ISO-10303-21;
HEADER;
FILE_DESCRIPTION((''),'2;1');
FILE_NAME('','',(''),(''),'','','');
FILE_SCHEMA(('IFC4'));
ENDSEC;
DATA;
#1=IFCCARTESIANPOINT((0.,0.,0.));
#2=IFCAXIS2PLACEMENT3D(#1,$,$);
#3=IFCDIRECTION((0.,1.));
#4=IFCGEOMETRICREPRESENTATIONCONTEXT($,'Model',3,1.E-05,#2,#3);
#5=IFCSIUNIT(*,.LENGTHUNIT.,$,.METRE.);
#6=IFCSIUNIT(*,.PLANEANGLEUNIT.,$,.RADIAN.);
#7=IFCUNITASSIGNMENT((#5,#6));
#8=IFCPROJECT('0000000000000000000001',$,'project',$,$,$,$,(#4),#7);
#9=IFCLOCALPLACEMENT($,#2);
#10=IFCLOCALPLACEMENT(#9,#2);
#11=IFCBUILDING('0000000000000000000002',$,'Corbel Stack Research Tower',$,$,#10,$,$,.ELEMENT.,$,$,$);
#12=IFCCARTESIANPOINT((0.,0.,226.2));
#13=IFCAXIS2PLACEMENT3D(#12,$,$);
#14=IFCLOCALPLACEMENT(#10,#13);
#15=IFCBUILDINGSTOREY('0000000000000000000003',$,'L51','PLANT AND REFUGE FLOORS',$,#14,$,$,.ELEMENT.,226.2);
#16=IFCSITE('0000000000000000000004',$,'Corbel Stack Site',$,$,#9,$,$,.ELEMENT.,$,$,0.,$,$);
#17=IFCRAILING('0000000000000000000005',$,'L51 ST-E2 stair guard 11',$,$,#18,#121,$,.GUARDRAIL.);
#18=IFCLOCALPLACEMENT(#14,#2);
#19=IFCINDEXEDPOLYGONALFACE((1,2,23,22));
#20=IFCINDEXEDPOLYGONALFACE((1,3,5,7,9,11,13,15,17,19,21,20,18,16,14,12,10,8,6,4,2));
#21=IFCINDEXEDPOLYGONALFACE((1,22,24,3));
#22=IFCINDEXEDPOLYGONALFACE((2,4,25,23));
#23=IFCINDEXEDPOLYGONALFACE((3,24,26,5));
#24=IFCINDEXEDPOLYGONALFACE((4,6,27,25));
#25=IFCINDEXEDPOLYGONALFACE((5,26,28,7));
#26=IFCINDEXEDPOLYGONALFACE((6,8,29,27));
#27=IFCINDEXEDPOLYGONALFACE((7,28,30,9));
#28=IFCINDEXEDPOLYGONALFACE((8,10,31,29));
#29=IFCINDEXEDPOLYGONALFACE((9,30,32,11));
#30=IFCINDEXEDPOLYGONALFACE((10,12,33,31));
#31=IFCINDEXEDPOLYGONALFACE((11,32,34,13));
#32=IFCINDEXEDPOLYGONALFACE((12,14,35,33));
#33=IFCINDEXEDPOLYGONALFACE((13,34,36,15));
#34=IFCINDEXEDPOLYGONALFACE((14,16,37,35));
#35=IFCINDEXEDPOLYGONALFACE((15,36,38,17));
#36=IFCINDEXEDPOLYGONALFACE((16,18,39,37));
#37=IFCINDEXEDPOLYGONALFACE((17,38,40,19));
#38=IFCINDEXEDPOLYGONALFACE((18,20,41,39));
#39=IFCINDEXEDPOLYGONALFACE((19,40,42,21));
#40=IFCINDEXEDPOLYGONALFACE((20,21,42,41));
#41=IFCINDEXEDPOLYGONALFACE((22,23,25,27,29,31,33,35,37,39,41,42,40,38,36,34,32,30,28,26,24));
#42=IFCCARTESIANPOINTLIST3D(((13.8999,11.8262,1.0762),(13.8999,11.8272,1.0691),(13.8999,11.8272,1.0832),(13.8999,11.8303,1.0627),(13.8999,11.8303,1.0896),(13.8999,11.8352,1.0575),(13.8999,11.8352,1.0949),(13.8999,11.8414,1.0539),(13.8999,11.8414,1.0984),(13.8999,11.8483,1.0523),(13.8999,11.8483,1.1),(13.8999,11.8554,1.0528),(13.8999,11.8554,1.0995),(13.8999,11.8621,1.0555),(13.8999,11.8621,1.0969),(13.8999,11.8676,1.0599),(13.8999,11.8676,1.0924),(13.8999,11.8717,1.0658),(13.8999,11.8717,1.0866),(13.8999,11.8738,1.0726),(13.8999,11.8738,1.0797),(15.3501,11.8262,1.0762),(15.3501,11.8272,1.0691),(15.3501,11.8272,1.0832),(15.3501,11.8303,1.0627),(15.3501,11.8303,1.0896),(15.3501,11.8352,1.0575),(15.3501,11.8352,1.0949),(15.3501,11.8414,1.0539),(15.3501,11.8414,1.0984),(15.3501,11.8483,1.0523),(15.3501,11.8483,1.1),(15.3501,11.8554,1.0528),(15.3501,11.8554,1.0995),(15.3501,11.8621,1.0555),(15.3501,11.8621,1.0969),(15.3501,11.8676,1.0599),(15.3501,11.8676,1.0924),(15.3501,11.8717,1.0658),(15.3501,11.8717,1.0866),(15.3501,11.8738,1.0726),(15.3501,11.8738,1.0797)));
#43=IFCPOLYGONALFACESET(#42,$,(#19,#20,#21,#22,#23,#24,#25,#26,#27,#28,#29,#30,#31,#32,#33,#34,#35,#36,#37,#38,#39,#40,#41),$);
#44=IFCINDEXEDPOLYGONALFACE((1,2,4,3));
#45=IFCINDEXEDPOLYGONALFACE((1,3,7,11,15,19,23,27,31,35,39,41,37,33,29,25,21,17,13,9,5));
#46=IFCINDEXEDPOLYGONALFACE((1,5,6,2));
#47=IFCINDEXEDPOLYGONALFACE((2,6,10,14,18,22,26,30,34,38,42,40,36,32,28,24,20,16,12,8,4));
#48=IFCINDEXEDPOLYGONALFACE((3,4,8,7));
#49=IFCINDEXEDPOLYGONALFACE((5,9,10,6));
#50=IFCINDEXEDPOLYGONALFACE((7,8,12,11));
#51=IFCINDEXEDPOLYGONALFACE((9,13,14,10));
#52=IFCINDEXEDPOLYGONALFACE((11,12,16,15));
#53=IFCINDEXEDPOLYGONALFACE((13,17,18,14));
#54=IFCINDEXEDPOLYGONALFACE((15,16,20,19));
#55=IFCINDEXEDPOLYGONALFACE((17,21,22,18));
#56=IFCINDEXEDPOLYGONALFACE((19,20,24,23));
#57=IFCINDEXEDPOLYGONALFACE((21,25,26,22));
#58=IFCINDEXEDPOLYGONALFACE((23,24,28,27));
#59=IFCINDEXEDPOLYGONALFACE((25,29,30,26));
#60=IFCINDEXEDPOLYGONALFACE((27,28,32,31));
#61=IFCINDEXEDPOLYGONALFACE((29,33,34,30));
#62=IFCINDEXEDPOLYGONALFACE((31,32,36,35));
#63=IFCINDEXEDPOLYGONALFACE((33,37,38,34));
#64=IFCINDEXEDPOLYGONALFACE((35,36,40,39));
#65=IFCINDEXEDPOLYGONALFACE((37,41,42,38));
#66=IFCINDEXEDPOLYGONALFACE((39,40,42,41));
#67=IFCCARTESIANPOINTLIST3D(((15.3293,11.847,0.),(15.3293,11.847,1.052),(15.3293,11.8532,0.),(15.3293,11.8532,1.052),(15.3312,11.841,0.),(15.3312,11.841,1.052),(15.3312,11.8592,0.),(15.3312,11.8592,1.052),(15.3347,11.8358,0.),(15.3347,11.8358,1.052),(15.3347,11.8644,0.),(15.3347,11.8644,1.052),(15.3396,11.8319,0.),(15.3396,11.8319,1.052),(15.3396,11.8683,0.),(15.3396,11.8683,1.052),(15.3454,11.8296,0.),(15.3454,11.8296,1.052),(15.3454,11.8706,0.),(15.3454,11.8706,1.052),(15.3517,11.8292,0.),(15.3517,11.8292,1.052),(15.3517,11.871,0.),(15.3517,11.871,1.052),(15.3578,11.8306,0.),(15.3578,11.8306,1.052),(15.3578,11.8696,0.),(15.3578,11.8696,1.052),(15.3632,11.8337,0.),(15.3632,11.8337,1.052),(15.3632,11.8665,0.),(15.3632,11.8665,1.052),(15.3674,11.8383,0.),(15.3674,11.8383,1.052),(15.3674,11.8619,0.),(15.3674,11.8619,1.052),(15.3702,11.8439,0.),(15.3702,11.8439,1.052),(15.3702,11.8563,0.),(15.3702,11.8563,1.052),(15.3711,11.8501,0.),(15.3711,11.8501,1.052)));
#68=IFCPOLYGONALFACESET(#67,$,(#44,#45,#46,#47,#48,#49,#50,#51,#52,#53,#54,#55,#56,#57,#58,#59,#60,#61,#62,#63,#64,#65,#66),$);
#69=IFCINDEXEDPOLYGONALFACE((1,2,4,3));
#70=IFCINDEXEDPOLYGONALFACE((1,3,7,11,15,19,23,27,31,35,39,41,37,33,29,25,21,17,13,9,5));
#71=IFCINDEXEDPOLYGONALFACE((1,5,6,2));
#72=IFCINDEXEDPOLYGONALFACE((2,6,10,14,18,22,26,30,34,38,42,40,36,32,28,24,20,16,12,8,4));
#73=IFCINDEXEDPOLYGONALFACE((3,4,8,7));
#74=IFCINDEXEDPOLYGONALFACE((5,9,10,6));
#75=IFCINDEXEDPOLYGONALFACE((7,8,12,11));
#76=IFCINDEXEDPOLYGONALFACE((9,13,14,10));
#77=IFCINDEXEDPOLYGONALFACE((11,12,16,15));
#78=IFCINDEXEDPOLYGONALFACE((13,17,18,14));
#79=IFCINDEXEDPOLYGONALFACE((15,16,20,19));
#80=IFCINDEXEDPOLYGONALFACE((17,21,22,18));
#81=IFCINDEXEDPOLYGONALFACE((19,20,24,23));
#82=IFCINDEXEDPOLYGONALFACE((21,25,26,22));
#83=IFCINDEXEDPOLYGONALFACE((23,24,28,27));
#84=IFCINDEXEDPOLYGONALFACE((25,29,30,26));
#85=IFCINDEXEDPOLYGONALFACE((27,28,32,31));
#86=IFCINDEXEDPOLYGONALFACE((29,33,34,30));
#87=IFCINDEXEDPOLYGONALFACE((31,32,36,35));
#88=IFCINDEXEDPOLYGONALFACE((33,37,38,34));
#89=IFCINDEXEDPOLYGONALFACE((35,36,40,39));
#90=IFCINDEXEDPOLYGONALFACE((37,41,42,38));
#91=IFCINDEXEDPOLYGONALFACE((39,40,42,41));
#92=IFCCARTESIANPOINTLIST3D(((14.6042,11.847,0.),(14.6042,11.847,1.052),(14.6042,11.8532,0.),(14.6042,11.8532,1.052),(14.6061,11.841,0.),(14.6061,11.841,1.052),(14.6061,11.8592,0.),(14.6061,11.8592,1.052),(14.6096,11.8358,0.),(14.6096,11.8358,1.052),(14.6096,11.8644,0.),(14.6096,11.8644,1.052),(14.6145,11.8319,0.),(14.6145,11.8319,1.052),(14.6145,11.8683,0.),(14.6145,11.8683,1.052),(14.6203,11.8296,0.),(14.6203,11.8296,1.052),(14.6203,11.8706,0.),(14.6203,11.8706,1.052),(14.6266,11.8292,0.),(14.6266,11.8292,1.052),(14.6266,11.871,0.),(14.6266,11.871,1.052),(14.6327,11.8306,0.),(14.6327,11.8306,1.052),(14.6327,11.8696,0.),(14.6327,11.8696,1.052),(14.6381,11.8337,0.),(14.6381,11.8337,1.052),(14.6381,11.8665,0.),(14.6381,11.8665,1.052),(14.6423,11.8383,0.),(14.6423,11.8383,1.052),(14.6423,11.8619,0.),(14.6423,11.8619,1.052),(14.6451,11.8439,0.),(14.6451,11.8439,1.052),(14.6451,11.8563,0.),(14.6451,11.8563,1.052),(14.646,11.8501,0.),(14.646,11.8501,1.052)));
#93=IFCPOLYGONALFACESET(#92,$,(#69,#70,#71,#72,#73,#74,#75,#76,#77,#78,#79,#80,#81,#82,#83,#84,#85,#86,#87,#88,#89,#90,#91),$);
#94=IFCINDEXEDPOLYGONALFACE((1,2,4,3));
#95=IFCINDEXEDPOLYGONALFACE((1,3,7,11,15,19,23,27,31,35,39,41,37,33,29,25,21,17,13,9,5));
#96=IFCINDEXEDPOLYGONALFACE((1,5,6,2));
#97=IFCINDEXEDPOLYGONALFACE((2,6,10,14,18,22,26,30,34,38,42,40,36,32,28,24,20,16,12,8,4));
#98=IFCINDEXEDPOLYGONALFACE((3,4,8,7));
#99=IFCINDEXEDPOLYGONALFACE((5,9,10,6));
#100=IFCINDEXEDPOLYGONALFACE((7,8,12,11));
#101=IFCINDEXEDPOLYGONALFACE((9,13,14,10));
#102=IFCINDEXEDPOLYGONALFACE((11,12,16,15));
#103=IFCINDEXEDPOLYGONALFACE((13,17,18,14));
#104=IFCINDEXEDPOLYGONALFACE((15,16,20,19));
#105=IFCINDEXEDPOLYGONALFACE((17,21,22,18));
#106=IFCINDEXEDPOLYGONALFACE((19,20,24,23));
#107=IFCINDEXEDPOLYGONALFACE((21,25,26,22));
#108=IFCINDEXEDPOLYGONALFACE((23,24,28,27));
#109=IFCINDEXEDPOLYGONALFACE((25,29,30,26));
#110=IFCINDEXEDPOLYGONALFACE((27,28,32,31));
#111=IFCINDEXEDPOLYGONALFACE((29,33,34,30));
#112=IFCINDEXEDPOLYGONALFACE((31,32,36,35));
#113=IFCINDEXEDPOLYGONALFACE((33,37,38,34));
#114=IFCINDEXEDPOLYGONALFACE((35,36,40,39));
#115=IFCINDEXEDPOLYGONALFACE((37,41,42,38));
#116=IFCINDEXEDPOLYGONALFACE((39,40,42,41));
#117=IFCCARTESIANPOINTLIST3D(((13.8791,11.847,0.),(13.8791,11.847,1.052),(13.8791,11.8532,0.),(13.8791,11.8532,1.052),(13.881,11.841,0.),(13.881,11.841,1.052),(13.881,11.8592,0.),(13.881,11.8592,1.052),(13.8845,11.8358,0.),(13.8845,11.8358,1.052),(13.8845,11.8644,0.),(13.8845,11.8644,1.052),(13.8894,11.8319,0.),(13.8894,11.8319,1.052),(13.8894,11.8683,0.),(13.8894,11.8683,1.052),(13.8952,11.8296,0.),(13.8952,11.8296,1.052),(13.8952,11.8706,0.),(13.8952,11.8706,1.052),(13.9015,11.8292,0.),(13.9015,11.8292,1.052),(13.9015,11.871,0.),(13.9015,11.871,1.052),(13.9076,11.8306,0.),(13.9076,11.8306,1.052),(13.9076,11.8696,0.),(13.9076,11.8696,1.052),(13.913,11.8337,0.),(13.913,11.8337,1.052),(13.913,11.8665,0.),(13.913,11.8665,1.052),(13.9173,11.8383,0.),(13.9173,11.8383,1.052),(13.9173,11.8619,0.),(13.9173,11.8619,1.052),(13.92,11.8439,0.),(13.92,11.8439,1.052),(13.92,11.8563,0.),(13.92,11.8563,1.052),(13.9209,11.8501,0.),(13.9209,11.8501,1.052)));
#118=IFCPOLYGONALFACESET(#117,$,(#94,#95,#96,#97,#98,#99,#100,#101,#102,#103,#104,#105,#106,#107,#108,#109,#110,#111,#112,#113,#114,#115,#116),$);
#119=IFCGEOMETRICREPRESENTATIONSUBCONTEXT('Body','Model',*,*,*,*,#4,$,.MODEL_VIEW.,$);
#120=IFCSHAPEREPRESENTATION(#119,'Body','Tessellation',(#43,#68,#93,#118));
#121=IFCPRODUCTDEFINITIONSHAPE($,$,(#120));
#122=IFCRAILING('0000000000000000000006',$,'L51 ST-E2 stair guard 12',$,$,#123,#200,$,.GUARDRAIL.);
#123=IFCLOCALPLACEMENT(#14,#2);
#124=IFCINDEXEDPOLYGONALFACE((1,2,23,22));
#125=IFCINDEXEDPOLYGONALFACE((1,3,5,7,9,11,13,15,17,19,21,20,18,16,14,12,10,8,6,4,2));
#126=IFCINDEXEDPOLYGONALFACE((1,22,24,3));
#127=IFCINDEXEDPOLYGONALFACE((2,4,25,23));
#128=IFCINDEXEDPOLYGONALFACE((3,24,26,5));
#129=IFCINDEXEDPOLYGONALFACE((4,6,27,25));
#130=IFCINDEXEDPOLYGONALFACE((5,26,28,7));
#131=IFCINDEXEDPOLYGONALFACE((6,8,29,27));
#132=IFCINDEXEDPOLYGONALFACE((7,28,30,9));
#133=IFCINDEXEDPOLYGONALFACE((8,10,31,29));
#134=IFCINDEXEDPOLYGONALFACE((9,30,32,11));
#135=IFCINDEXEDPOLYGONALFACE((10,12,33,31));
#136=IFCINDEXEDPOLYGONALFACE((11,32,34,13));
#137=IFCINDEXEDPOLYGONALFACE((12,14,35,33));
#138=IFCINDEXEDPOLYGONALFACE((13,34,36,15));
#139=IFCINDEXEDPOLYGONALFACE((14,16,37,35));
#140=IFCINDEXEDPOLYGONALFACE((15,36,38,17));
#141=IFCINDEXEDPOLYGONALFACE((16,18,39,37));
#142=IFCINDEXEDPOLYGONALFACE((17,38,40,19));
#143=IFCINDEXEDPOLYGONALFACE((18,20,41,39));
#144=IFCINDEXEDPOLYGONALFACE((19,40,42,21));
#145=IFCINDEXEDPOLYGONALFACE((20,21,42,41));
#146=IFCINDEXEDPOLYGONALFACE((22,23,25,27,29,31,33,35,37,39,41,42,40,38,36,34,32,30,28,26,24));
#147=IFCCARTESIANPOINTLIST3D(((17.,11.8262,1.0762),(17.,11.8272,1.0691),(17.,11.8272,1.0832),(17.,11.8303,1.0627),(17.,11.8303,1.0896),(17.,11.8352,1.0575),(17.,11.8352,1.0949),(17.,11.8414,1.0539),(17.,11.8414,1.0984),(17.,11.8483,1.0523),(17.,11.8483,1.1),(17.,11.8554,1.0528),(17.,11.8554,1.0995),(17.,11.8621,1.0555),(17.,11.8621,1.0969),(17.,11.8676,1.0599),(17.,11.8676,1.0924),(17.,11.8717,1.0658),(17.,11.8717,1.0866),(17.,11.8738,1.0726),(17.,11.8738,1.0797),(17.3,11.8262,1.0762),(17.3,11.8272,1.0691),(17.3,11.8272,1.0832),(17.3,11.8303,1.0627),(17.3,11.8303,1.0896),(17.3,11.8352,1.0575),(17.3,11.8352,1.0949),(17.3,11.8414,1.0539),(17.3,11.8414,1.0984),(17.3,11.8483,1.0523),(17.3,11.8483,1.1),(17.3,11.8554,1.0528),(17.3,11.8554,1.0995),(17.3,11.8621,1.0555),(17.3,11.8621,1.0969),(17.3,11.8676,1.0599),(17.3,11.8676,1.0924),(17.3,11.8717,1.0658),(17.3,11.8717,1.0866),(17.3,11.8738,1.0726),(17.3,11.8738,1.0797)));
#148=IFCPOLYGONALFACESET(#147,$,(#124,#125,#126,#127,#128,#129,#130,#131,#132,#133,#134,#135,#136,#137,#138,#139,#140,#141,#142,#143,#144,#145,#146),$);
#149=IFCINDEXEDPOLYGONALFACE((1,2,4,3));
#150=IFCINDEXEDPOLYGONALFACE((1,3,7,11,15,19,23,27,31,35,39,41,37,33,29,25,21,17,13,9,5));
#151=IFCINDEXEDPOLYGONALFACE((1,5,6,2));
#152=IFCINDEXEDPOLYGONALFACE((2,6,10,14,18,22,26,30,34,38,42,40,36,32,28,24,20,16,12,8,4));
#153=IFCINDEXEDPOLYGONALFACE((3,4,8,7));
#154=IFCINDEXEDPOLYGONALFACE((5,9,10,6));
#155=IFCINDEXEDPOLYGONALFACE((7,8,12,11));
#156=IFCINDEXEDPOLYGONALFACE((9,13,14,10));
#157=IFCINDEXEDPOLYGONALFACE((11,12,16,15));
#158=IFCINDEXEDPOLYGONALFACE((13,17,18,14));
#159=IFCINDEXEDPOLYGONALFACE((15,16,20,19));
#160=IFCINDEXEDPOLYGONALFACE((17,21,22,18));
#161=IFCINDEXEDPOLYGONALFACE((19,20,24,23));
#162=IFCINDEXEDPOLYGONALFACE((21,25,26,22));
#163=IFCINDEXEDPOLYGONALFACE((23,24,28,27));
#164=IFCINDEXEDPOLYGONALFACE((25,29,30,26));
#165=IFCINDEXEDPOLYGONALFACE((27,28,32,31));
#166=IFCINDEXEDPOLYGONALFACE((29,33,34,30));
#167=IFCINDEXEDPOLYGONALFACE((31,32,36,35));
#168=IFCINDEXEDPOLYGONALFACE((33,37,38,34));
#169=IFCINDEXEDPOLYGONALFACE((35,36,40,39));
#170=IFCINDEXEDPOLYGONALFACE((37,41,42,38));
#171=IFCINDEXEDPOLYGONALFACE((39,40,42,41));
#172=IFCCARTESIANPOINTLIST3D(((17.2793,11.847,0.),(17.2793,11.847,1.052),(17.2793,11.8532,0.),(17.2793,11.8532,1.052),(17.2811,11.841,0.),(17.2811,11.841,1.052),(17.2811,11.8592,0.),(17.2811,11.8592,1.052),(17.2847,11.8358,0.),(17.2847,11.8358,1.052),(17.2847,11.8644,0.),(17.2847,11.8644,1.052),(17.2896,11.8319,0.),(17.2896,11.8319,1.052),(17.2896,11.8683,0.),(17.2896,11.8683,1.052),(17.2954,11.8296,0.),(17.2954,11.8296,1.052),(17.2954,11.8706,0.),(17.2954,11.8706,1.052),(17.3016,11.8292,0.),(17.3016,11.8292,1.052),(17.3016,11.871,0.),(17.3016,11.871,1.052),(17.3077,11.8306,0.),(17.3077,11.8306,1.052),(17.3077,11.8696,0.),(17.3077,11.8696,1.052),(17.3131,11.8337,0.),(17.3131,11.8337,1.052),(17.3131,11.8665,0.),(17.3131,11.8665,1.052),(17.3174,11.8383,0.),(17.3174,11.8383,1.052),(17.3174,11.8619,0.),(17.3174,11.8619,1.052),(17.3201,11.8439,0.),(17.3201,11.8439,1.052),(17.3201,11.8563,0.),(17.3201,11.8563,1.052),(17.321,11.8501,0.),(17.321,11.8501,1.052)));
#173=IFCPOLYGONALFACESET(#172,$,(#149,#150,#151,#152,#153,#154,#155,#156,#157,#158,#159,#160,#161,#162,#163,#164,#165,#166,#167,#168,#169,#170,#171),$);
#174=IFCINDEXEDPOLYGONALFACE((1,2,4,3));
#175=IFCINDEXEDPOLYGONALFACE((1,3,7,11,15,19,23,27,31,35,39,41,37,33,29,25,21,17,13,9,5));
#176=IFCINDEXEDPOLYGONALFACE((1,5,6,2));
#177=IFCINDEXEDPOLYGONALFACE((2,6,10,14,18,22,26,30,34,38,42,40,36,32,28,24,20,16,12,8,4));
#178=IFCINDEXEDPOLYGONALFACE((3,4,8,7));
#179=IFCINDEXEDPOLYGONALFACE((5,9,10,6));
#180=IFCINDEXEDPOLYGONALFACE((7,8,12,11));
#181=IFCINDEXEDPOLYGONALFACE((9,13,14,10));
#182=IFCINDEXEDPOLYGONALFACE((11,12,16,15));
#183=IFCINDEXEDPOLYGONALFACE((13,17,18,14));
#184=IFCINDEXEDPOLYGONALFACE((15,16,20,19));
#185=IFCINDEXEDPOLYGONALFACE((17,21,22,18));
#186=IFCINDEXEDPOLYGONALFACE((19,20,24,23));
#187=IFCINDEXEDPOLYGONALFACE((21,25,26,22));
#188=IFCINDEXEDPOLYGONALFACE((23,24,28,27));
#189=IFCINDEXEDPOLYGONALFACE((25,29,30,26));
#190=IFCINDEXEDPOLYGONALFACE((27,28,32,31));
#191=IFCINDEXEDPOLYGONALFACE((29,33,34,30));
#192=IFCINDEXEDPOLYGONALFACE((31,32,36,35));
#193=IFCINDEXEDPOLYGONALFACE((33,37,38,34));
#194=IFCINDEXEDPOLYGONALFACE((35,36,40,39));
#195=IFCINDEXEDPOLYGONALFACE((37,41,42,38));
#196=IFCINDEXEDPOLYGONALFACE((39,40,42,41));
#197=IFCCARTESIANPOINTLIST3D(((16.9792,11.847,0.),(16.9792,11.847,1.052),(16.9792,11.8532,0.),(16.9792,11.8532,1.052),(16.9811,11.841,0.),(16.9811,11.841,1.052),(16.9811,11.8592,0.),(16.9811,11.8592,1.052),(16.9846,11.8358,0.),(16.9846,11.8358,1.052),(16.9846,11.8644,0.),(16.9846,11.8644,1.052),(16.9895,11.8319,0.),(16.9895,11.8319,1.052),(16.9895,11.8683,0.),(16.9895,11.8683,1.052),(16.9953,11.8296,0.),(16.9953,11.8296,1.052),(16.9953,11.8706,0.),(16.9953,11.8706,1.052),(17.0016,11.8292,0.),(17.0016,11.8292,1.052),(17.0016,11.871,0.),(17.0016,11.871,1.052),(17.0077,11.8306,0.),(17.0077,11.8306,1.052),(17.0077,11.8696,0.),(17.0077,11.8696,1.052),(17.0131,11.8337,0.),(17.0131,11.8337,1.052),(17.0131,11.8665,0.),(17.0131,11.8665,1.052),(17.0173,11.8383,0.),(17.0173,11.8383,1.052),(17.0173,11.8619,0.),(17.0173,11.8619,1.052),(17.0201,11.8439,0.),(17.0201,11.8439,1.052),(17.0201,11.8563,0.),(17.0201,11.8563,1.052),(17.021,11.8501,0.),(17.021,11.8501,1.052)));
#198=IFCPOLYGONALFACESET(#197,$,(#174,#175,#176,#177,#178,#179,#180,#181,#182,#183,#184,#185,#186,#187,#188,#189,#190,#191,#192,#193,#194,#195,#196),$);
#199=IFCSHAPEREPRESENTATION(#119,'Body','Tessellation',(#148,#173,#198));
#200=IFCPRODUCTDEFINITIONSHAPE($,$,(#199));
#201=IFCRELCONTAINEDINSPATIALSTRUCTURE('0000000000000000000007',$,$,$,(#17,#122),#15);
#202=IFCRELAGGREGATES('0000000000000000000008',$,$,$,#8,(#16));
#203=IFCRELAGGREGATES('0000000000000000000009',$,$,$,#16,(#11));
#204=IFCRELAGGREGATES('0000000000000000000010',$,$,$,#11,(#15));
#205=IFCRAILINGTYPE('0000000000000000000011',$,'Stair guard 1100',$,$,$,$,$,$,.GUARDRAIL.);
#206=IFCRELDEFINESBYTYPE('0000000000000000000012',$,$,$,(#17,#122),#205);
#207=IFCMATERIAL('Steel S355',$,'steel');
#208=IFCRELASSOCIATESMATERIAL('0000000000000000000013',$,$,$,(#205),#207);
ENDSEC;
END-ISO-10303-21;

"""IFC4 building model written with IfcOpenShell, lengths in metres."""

from ifc_helpers import new_model, si_unit, direction, frame, origin, origin_2d, place, context, subcontext, project, spatial, circle, extrude, material, type_object, element, save


model = new_model("IFC4")

# Units and contexts
model_context = context("Model", 3, precision=1e-05, world=origin(), true_north=direction((0.0, 1.0)))
body_context = subcontext(model_context, "Body", "Model", "MODEL_VIEW")
ifc_project = project(units=[si_unit("LENGTHUNIT", "METRE"), si_unit("PLANEANGLEUNIT", "RADIAN")], contexts=[model_context])

# Site, building, storey
site_placement = place(None, origin())
site = spatial("IfcSite", under=ifc_project, at=site_placement, Name="Corbel Stack Site", CompositionType="ELEMENT", RefElevation=0.0)
building_placement = place(site_placement, origin())
building = spatial("IfcBuilding", under=site, at=building_placement, Name="Corbel Stack Research Tower", CompositionType="ELEMENT")
storey_placement = place(building_placement, frame((0.0, 0.0, 226.2)))
storey = spatial("IfcBuildingStorey", under=building, at=storey_placement, Name="L51", Description="PLANT AND REFUGE FLOORS", CompositionType="ELEMENT", Elevation=226.2)

# Railings
ifc_material_1 = material(Name="Steel S355", Category="steel")
railing_type_1 = type_object("IfcRailingType", Name="Stair guard 1100", PredefinedType="GUARDRAIL", material=ifc_material_1)
railing_1_placement = place(storey_placement, frame((15.3501, 11.8501, 0.0)))
element("IfcRailing", 1, at=railing_1_placement, inside=storey, type_object=railing_type_1, Name="L51 ST-E2 stair guard 11", PredefinedType="GUARDRAIL", context=body_context, shape_type="SweptSolid", body=[
    extrude(circle(Radius=0.0239, at=origin_2d()), frame((0.0, 0.0, 1.0762), z_axis=(-1.0, 0.0, 0.0), x_axis=(0.0, -1.0, 0.0)), (0.0, 0.0, 1.0), 1.4502),
    extrude(circle(Radius=0.021, at=origin_2d()), origin(), (0.0, 0.0, 1.0), 1.052),
    extrude(circle(Radius=0.021, at=origin_2d()), frame((-0.7251, 0.0, 0.0)), (0.0, 0.0, 1.0), 1.052),
    extrude(circle(Radius=0.021, at=origin_2d()), frame((-1.4502, 0.0, 0.0)), (0.0, 0.0, 1.0), 1.052),
])
railing_2_placement = place(storey_placement, frame((17.3, 11.8501, 0.0)))
element("IfcRailing", 2, at=railing_2_placement, inside=storey, type_object=railing_type_1, Name="L51 ST-E2 stair guard 12", PredefinedType="GUARDRAIL", context=body_context, shape_type="SweptSolid", body=[
    extrude(circle(Radius=0.0239, at=origin_2d()), frame((0.0, 0.0, 1.0762), z_axis=(-1.0, 0.0, 0.0), x_axis=(0.0, -1.0, 0.0)), (0.0, 0.0, 1.0), 0.3),
    extrude(circle(Radius=0.021, at=origin_2d()), origin(), (0.0, 0.0, 1.0), 1.052),
    extrude(circle(Radius=0.021, at=origin_2d()), frame((-0.3, 0.0, 0.0)), (0.0, 0.0, 1.0), 1.052),
])

save(model, "model.ifc")
